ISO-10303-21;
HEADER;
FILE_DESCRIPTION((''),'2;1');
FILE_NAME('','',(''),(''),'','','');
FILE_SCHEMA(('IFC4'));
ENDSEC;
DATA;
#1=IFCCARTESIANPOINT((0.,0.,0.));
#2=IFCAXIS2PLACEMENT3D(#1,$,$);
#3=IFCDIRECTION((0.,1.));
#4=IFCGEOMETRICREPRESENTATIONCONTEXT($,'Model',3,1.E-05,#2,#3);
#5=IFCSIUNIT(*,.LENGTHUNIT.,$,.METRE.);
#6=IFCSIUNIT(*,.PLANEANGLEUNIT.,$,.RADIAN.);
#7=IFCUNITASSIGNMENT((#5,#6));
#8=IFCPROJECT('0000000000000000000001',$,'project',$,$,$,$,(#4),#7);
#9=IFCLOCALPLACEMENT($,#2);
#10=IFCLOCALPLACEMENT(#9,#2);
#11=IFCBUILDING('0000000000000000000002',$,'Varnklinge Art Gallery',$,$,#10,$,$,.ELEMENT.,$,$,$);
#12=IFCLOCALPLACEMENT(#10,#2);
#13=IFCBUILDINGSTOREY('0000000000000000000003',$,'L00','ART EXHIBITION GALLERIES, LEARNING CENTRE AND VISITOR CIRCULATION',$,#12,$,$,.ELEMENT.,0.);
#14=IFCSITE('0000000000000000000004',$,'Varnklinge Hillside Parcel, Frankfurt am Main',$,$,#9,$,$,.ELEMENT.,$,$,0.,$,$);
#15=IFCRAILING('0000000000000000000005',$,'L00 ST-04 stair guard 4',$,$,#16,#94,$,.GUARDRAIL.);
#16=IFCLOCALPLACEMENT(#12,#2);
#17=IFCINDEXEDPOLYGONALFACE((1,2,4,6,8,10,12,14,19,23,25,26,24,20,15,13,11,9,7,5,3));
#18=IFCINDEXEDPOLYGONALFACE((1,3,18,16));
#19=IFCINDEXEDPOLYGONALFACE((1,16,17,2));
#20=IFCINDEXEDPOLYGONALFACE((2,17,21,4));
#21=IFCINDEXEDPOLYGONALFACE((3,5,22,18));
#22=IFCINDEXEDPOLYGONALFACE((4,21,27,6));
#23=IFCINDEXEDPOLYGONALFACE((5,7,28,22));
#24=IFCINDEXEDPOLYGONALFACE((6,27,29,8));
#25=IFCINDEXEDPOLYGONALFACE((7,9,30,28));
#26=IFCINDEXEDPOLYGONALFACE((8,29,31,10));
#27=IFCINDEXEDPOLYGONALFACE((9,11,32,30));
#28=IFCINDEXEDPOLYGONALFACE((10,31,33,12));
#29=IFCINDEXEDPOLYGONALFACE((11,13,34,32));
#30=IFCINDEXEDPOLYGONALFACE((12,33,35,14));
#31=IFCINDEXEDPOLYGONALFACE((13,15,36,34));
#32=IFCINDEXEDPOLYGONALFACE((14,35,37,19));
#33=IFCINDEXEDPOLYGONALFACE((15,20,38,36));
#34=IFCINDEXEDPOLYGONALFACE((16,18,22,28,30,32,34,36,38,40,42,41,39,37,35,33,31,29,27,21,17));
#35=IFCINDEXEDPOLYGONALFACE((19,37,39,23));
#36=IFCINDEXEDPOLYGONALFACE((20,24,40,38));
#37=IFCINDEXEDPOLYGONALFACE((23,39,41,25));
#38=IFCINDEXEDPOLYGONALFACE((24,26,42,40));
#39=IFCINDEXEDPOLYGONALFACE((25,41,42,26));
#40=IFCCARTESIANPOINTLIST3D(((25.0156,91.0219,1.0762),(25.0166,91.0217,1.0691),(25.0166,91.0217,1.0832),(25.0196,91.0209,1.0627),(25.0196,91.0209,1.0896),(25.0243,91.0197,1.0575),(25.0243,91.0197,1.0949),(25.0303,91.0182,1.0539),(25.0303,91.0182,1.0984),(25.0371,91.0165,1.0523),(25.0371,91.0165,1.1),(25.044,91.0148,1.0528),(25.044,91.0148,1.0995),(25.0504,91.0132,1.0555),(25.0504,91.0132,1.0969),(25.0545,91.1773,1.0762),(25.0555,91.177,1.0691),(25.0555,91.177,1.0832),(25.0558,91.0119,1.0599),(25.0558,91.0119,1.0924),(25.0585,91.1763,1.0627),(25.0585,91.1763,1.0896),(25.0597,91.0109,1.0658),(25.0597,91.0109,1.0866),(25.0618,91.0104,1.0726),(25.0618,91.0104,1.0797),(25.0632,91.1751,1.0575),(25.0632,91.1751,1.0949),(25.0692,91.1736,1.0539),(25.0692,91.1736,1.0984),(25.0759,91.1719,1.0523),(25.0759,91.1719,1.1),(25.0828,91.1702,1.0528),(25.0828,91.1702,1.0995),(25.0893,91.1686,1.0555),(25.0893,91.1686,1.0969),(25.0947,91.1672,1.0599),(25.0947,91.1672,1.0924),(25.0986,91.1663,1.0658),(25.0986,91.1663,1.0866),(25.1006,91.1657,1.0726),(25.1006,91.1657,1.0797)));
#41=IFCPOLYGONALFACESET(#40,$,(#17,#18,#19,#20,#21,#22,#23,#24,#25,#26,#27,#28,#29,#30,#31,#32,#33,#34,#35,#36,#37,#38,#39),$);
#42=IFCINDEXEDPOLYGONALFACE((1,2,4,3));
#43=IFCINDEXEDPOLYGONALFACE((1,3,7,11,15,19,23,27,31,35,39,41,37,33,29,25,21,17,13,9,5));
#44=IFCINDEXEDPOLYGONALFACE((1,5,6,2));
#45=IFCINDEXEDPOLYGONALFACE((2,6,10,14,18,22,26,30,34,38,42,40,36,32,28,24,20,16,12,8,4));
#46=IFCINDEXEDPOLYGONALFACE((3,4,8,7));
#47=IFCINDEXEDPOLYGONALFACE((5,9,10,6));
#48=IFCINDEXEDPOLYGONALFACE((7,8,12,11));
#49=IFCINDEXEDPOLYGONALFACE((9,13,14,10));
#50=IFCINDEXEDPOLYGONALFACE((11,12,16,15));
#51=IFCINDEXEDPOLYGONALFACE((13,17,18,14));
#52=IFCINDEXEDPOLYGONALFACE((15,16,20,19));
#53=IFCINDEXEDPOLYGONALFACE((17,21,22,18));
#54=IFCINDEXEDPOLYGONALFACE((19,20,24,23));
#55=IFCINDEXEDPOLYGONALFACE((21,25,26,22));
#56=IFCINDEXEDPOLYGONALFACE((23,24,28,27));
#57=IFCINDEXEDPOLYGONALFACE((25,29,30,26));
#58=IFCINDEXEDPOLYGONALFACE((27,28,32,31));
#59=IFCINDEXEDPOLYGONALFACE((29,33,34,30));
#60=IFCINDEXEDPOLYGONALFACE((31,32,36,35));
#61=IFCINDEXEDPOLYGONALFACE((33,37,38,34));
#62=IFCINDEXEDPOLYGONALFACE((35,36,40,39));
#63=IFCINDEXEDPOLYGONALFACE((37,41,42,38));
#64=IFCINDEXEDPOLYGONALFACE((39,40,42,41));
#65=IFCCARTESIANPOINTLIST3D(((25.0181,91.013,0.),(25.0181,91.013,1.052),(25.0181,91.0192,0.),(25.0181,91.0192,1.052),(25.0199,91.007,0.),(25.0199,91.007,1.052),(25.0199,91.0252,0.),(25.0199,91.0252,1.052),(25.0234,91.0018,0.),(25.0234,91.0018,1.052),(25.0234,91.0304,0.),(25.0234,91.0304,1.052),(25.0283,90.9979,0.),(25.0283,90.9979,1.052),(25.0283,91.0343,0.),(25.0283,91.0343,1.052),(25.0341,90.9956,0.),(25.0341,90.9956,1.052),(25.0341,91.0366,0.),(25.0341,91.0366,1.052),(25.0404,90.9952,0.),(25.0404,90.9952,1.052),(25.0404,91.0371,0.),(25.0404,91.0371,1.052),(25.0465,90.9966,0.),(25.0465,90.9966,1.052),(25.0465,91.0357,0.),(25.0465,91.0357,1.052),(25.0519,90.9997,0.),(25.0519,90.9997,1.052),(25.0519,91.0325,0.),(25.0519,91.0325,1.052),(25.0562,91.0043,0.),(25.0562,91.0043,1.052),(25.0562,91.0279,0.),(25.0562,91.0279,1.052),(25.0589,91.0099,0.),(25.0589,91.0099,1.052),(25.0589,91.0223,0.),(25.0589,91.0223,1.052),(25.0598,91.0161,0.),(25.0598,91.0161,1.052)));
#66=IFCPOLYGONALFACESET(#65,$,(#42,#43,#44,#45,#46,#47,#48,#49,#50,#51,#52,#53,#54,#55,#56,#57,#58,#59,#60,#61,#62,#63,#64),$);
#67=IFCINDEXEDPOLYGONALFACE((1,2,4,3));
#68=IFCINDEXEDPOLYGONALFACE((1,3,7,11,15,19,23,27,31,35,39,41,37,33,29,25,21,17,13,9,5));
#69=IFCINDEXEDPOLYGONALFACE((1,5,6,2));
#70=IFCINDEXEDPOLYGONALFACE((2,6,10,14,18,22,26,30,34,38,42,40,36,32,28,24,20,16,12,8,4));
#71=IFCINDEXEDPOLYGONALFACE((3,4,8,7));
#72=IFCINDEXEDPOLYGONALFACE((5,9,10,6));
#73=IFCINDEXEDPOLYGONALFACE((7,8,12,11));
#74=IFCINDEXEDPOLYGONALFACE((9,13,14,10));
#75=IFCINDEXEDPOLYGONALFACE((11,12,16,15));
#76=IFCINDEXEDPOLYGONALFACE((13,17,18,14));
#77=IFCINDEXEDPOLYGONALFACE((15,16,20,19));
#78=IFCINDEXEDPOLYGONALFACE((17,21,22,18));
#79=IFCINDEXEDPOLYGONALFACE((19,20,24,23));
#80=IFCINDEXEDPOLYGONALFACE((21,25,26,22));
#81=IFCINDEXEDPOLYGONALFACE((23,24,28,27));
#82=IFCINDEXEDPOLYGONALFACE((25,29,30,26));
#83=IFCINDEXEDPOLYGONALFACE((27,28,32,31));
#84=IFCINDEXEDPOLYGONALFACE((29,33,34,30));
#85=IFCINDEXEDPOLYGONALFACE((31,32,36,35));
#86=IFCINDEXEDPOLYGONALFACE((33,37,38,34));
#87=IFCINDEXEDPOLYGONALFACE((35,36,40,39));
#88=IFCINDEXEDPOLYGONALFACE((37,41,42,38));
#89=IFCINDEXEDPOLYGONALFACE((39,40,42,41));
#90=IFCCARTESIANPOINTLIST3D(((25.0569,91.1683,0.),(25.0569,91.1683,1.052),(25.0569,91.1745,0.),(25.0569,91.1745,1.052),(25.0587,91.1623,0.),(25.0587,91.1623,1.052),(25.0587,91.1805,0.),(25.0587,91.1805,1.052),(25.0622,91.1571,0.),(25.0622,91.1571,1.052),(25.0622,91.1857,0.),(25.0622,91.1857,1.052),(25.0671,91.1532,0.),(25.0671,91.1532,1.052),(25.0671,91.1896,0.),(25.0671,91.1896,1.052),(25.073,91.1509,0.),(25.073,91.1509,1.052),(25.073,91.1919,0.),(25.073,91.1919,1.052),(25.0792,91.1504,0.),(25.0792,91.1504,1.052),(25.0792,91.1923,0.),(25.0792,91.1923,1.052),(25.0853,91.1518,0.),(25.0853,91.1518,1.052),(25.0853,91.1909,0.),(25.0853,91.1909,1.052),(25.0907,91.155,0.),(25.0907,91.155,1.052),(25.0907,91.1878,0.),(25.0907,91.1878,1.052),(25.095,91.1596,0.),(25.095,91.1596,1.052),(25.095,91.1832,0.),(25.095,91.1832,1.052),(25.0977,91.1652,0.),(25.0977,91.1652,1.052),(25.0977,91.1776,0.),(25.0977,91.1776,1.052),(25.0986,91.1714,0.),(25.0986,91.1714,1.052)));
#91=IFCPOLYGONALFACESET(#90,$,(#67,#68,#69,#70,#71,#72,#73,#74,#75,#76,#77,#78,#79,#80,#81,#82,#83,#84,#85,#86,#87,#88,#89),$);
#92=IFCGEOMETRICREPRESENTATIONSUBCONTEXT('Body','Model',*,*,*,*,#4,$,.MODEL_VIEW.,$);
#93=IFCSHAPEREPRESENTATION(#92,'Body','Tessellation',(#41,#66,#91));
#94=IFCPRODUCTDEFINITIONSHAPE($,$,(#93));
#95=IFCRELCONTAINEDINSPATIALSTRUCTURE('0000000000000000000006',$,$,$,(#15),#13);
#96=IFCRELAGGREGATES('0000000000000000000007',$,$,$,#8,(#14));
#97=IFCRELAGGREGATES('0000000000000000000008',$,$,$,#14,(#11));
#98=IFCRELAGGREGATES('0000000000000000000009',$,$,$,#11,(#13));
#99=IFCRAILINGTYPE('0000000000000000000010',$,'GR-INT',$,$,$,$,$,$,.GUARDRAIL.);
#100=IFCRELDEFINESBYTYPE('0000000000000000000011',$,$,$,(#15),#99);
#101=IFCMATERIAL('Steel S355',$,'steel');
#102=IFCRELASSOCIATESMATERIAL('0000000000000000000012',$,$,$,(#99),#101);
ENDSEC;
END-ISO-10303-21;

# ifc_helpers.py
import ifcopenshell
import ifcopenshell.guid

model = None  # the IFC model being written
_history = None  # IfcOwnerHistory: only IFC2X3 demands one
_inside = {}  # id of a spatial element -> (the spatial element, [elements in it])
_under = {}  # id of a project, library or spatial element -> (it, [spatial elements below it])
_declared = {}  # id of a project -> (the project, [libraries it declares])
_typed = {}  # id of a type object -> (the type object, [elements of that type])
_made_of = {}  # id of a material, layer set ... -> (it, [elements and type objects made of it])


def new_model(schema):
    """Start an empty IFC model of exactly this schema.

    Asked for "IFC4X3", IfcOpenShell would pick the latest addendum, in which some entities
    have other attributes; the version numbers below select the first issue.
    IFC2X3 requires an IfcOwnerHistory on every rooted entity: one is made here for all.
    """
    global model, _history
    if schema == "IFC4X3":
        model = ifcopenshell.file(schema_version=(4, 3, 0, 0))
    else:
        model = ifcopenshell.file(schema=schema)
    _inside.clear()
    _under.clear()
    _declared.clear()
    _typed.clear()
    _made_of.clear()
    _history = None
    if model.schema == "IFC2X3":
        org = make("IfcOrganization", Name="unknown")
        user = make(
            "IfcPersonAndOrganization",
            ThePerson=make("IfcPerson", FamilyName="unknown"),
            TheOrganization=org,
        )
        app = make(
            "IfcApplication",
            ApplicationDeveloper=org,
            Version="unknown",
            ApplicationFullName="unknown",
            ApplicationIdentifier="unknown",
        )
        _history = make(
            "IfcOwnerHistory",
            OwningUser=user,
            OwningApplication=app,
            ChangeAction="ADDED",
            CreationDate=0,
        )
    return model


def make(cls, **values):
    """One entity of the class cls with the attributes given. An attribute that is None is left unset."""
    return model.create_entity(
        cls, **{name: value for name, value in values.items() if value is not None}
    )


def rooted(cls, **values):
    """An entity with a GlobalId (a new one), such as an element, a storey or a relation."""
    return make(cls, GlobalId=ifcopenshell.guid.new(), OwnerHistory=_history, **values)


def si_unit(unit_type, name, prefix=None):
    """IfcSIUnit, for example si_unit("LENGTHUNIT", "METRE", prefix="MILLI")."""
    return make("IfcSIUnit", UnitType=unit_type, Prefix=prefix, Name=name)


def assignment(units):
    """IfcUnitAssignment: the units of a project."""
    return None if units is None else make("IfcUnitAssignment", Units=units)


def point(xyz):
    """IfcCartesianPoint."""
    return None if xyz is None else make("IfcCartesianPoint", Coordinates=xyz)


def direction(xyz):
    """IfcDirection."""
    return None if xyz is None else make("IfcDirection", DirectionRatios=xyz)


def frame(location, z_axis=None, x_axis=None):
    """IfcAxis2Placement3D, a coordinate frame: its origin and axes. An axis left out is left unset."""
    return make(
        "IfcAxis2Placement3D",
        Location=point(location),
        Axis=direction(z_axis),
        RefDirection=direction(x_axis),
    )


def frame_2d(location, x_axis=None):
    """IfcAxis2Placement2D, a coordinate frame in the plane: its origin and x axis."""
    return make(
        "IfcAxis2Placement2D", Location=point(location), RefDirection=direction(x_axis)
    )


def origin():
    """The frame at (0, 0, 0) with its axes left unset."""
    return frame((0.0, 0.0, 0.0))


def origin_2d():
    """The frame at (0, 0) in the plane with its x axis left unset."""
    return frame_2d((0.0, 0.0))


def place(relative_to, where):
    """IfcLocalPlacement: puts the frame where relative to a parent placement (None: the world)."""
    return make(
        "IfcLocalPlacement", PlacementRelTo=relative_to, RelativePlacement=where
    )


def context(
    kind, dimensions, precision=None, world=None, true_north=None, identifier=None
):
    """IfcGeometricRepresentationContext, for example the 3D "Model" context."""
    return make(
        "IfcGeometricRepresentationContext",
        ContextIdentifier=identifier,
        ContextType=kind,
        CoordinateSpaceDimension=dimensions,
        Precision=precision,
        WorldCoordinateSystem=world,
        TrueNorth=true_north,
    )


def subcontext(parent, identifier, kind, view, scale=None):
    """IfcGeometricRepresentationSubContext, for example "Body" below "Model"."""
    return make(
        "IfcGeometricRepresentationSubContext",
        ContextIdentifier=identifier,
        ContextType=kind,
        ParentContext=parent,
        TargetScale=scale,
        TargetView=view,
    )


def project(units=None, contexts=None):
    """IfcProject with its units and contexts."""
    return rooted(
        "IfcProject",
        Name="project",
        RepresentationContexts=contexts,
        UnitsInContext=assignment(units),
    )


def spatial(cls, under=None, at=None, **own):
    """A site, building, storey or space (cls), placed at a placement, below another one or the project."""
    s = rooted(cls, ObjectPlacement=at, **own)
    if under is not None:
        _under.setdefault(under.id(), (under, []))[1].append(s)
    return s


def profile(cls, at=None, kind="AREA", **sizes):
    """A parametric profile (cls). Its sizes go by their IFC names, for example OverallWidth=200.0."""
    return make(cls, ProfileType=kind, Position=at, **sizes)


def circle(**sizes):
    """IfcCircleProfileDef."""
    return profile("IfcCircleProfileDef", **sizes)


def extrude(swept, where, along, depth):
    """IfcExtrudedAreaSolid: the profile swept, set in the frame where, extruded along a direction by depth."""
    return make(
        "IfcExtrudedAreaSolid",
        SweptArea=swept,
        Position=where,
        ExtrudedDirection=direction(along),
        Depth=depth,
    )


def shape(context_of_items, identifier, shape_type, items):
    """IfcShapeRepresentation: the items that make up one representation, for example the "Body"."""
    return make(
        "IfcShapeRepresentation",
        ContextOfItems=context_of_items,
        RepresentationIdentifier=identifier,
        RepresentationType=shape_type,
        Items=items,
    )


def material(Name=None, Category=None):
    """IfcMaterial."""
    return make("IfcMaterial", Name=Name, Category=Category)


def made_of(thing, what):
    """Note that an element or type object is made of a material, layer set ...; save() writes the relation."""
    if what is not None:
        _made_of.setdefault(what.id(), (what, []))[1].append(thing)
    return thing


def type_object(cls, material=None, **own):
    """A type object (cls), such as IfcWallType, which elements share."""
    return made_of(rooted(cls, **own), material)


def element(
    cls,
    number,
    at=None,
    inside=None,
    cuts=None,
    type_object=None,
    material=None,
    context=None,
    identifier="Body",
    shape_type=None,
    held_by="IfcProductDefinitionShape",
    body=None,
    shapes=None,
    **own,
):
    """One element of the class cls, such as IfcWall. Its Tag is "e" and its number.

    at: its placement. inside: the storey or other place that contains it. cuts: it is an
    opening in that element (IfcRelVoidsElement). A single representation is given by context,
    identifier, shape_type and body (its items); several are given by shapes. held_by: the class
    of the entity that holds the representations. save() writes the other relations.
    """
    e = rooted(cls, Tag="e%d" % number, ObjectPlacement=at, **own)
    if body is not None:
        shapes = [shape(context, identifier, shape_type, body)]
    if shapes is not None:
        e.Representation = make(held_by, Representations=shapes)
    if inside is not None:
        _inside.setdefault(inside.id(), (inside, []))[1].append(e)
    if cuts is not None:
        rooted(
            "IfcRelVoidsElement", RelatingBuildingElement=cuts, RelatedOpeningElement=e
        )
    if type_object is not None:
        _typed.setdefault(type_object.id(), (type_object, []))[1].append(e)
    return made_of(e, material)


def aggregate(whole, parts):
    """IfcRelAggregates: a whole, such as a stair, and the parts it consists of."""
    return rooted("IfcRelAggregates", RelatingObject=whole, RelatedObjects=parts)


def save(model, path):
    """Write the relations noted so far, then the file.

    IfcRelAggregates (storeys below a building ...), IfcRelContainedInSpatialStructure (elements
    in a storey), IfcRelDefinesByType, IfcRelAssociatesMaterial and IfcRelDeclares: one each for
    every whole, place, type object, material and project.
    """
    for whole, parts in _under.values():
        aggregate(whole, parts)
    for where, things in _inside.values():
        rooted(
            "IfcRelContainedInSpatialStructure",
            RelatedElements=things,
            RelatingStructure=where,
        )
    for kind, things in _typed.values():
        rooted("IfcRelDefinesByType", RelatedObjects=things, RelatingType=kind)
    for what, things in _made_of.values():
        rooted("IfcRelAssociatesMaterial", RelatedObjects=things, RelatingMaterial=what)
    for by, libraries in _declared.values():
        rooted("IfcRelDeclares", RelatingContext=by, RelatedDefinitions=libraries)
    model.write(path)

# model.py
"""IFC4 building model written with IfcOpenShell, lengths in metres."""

from ifc_helpers import new_model, si_unit, direction, frame, origin, origin_2d, place, context, subcontext, project, spatial, circle, extrude, material, type_object, element, save


model = new_model("IFC4")

# Units and contexts
model_context = context("Model", 3, precision=1e-05, world=origin(), true_north=direction((0.0, 1.0)))
body_context = subcontext(model_context, "Body", "Model", "MODEL_VIEW")
ifc_project = project(units=[si_unit("LENGTHUNIT", "METRE"), si_unit("PLANEANGLEUNIT", "RADIAN")], contexts=[model_context])

# Site, building, storey
site_placement = place(None, origin())
site = spatial("IfcSite", under=ifc_project, at=site_placement, Name="Varnklinge Hillside Parcel, Frankfurt am Main", CompositionType="ELEMENT", RefElevation=0.0)
building_placement = place(site_placement, origin())
building = spatial("IfcBuilding", under=site, at=building_placement, Name="Varnklinge Art Gallery", CompositionType="ELEMENT")
storey_placement = place(building_placement, origin())
storey = spatial("IfcBuildingStorey", under=building, at=storey_placement, Name="L00", Description="ART EXHIBITION GALLERIES, LEARNING CENTRE AND VISITOR CIRCULATION", CompositionType="ELEMENT", Elevation=0.0)

# Railing
ifc_material_1 = material(Name="Steel S355", Category="steel")
railing_type_1 = type_object("IfcRailingType", Name="GR-INT", PredefinedType="GUARDRAIL", material=ifc_material_1)
railing_1_placement = place(storey_placement, frame((25.0388, 91.0161, 0.0)))
element("IfcRailing", 1, at=railing_1_placement, inside=storey, type_object=railing_type_1, Name="L00 ST-04 stair guard 4", PredefinedType="GUARDRAIL", context=body_context, shape_type="SweptSolid", body=[
    extrude(circle(Radius=0.0239, at=origin_2d()), frame((0.0, 0.0, 1.0762), z_axis=(0.242536, 0.970143, 0.0), x_axis=(-0.970143, 0.242536, 0.0)), (0.0, 0.0, 1.0), 0.1602),
    extrude(circle(Radius=0.021, at=origin_2d()), origin(), (0.0, 0.0, 1.0), 1.052),
    extrude(circle(Radius=0.021, at=origin_2d()), frame((0.0388, 0.1553, 0.0)), (0.0, 0.0, 1.0), 1.052),
])

save(model, "model.ifc")
